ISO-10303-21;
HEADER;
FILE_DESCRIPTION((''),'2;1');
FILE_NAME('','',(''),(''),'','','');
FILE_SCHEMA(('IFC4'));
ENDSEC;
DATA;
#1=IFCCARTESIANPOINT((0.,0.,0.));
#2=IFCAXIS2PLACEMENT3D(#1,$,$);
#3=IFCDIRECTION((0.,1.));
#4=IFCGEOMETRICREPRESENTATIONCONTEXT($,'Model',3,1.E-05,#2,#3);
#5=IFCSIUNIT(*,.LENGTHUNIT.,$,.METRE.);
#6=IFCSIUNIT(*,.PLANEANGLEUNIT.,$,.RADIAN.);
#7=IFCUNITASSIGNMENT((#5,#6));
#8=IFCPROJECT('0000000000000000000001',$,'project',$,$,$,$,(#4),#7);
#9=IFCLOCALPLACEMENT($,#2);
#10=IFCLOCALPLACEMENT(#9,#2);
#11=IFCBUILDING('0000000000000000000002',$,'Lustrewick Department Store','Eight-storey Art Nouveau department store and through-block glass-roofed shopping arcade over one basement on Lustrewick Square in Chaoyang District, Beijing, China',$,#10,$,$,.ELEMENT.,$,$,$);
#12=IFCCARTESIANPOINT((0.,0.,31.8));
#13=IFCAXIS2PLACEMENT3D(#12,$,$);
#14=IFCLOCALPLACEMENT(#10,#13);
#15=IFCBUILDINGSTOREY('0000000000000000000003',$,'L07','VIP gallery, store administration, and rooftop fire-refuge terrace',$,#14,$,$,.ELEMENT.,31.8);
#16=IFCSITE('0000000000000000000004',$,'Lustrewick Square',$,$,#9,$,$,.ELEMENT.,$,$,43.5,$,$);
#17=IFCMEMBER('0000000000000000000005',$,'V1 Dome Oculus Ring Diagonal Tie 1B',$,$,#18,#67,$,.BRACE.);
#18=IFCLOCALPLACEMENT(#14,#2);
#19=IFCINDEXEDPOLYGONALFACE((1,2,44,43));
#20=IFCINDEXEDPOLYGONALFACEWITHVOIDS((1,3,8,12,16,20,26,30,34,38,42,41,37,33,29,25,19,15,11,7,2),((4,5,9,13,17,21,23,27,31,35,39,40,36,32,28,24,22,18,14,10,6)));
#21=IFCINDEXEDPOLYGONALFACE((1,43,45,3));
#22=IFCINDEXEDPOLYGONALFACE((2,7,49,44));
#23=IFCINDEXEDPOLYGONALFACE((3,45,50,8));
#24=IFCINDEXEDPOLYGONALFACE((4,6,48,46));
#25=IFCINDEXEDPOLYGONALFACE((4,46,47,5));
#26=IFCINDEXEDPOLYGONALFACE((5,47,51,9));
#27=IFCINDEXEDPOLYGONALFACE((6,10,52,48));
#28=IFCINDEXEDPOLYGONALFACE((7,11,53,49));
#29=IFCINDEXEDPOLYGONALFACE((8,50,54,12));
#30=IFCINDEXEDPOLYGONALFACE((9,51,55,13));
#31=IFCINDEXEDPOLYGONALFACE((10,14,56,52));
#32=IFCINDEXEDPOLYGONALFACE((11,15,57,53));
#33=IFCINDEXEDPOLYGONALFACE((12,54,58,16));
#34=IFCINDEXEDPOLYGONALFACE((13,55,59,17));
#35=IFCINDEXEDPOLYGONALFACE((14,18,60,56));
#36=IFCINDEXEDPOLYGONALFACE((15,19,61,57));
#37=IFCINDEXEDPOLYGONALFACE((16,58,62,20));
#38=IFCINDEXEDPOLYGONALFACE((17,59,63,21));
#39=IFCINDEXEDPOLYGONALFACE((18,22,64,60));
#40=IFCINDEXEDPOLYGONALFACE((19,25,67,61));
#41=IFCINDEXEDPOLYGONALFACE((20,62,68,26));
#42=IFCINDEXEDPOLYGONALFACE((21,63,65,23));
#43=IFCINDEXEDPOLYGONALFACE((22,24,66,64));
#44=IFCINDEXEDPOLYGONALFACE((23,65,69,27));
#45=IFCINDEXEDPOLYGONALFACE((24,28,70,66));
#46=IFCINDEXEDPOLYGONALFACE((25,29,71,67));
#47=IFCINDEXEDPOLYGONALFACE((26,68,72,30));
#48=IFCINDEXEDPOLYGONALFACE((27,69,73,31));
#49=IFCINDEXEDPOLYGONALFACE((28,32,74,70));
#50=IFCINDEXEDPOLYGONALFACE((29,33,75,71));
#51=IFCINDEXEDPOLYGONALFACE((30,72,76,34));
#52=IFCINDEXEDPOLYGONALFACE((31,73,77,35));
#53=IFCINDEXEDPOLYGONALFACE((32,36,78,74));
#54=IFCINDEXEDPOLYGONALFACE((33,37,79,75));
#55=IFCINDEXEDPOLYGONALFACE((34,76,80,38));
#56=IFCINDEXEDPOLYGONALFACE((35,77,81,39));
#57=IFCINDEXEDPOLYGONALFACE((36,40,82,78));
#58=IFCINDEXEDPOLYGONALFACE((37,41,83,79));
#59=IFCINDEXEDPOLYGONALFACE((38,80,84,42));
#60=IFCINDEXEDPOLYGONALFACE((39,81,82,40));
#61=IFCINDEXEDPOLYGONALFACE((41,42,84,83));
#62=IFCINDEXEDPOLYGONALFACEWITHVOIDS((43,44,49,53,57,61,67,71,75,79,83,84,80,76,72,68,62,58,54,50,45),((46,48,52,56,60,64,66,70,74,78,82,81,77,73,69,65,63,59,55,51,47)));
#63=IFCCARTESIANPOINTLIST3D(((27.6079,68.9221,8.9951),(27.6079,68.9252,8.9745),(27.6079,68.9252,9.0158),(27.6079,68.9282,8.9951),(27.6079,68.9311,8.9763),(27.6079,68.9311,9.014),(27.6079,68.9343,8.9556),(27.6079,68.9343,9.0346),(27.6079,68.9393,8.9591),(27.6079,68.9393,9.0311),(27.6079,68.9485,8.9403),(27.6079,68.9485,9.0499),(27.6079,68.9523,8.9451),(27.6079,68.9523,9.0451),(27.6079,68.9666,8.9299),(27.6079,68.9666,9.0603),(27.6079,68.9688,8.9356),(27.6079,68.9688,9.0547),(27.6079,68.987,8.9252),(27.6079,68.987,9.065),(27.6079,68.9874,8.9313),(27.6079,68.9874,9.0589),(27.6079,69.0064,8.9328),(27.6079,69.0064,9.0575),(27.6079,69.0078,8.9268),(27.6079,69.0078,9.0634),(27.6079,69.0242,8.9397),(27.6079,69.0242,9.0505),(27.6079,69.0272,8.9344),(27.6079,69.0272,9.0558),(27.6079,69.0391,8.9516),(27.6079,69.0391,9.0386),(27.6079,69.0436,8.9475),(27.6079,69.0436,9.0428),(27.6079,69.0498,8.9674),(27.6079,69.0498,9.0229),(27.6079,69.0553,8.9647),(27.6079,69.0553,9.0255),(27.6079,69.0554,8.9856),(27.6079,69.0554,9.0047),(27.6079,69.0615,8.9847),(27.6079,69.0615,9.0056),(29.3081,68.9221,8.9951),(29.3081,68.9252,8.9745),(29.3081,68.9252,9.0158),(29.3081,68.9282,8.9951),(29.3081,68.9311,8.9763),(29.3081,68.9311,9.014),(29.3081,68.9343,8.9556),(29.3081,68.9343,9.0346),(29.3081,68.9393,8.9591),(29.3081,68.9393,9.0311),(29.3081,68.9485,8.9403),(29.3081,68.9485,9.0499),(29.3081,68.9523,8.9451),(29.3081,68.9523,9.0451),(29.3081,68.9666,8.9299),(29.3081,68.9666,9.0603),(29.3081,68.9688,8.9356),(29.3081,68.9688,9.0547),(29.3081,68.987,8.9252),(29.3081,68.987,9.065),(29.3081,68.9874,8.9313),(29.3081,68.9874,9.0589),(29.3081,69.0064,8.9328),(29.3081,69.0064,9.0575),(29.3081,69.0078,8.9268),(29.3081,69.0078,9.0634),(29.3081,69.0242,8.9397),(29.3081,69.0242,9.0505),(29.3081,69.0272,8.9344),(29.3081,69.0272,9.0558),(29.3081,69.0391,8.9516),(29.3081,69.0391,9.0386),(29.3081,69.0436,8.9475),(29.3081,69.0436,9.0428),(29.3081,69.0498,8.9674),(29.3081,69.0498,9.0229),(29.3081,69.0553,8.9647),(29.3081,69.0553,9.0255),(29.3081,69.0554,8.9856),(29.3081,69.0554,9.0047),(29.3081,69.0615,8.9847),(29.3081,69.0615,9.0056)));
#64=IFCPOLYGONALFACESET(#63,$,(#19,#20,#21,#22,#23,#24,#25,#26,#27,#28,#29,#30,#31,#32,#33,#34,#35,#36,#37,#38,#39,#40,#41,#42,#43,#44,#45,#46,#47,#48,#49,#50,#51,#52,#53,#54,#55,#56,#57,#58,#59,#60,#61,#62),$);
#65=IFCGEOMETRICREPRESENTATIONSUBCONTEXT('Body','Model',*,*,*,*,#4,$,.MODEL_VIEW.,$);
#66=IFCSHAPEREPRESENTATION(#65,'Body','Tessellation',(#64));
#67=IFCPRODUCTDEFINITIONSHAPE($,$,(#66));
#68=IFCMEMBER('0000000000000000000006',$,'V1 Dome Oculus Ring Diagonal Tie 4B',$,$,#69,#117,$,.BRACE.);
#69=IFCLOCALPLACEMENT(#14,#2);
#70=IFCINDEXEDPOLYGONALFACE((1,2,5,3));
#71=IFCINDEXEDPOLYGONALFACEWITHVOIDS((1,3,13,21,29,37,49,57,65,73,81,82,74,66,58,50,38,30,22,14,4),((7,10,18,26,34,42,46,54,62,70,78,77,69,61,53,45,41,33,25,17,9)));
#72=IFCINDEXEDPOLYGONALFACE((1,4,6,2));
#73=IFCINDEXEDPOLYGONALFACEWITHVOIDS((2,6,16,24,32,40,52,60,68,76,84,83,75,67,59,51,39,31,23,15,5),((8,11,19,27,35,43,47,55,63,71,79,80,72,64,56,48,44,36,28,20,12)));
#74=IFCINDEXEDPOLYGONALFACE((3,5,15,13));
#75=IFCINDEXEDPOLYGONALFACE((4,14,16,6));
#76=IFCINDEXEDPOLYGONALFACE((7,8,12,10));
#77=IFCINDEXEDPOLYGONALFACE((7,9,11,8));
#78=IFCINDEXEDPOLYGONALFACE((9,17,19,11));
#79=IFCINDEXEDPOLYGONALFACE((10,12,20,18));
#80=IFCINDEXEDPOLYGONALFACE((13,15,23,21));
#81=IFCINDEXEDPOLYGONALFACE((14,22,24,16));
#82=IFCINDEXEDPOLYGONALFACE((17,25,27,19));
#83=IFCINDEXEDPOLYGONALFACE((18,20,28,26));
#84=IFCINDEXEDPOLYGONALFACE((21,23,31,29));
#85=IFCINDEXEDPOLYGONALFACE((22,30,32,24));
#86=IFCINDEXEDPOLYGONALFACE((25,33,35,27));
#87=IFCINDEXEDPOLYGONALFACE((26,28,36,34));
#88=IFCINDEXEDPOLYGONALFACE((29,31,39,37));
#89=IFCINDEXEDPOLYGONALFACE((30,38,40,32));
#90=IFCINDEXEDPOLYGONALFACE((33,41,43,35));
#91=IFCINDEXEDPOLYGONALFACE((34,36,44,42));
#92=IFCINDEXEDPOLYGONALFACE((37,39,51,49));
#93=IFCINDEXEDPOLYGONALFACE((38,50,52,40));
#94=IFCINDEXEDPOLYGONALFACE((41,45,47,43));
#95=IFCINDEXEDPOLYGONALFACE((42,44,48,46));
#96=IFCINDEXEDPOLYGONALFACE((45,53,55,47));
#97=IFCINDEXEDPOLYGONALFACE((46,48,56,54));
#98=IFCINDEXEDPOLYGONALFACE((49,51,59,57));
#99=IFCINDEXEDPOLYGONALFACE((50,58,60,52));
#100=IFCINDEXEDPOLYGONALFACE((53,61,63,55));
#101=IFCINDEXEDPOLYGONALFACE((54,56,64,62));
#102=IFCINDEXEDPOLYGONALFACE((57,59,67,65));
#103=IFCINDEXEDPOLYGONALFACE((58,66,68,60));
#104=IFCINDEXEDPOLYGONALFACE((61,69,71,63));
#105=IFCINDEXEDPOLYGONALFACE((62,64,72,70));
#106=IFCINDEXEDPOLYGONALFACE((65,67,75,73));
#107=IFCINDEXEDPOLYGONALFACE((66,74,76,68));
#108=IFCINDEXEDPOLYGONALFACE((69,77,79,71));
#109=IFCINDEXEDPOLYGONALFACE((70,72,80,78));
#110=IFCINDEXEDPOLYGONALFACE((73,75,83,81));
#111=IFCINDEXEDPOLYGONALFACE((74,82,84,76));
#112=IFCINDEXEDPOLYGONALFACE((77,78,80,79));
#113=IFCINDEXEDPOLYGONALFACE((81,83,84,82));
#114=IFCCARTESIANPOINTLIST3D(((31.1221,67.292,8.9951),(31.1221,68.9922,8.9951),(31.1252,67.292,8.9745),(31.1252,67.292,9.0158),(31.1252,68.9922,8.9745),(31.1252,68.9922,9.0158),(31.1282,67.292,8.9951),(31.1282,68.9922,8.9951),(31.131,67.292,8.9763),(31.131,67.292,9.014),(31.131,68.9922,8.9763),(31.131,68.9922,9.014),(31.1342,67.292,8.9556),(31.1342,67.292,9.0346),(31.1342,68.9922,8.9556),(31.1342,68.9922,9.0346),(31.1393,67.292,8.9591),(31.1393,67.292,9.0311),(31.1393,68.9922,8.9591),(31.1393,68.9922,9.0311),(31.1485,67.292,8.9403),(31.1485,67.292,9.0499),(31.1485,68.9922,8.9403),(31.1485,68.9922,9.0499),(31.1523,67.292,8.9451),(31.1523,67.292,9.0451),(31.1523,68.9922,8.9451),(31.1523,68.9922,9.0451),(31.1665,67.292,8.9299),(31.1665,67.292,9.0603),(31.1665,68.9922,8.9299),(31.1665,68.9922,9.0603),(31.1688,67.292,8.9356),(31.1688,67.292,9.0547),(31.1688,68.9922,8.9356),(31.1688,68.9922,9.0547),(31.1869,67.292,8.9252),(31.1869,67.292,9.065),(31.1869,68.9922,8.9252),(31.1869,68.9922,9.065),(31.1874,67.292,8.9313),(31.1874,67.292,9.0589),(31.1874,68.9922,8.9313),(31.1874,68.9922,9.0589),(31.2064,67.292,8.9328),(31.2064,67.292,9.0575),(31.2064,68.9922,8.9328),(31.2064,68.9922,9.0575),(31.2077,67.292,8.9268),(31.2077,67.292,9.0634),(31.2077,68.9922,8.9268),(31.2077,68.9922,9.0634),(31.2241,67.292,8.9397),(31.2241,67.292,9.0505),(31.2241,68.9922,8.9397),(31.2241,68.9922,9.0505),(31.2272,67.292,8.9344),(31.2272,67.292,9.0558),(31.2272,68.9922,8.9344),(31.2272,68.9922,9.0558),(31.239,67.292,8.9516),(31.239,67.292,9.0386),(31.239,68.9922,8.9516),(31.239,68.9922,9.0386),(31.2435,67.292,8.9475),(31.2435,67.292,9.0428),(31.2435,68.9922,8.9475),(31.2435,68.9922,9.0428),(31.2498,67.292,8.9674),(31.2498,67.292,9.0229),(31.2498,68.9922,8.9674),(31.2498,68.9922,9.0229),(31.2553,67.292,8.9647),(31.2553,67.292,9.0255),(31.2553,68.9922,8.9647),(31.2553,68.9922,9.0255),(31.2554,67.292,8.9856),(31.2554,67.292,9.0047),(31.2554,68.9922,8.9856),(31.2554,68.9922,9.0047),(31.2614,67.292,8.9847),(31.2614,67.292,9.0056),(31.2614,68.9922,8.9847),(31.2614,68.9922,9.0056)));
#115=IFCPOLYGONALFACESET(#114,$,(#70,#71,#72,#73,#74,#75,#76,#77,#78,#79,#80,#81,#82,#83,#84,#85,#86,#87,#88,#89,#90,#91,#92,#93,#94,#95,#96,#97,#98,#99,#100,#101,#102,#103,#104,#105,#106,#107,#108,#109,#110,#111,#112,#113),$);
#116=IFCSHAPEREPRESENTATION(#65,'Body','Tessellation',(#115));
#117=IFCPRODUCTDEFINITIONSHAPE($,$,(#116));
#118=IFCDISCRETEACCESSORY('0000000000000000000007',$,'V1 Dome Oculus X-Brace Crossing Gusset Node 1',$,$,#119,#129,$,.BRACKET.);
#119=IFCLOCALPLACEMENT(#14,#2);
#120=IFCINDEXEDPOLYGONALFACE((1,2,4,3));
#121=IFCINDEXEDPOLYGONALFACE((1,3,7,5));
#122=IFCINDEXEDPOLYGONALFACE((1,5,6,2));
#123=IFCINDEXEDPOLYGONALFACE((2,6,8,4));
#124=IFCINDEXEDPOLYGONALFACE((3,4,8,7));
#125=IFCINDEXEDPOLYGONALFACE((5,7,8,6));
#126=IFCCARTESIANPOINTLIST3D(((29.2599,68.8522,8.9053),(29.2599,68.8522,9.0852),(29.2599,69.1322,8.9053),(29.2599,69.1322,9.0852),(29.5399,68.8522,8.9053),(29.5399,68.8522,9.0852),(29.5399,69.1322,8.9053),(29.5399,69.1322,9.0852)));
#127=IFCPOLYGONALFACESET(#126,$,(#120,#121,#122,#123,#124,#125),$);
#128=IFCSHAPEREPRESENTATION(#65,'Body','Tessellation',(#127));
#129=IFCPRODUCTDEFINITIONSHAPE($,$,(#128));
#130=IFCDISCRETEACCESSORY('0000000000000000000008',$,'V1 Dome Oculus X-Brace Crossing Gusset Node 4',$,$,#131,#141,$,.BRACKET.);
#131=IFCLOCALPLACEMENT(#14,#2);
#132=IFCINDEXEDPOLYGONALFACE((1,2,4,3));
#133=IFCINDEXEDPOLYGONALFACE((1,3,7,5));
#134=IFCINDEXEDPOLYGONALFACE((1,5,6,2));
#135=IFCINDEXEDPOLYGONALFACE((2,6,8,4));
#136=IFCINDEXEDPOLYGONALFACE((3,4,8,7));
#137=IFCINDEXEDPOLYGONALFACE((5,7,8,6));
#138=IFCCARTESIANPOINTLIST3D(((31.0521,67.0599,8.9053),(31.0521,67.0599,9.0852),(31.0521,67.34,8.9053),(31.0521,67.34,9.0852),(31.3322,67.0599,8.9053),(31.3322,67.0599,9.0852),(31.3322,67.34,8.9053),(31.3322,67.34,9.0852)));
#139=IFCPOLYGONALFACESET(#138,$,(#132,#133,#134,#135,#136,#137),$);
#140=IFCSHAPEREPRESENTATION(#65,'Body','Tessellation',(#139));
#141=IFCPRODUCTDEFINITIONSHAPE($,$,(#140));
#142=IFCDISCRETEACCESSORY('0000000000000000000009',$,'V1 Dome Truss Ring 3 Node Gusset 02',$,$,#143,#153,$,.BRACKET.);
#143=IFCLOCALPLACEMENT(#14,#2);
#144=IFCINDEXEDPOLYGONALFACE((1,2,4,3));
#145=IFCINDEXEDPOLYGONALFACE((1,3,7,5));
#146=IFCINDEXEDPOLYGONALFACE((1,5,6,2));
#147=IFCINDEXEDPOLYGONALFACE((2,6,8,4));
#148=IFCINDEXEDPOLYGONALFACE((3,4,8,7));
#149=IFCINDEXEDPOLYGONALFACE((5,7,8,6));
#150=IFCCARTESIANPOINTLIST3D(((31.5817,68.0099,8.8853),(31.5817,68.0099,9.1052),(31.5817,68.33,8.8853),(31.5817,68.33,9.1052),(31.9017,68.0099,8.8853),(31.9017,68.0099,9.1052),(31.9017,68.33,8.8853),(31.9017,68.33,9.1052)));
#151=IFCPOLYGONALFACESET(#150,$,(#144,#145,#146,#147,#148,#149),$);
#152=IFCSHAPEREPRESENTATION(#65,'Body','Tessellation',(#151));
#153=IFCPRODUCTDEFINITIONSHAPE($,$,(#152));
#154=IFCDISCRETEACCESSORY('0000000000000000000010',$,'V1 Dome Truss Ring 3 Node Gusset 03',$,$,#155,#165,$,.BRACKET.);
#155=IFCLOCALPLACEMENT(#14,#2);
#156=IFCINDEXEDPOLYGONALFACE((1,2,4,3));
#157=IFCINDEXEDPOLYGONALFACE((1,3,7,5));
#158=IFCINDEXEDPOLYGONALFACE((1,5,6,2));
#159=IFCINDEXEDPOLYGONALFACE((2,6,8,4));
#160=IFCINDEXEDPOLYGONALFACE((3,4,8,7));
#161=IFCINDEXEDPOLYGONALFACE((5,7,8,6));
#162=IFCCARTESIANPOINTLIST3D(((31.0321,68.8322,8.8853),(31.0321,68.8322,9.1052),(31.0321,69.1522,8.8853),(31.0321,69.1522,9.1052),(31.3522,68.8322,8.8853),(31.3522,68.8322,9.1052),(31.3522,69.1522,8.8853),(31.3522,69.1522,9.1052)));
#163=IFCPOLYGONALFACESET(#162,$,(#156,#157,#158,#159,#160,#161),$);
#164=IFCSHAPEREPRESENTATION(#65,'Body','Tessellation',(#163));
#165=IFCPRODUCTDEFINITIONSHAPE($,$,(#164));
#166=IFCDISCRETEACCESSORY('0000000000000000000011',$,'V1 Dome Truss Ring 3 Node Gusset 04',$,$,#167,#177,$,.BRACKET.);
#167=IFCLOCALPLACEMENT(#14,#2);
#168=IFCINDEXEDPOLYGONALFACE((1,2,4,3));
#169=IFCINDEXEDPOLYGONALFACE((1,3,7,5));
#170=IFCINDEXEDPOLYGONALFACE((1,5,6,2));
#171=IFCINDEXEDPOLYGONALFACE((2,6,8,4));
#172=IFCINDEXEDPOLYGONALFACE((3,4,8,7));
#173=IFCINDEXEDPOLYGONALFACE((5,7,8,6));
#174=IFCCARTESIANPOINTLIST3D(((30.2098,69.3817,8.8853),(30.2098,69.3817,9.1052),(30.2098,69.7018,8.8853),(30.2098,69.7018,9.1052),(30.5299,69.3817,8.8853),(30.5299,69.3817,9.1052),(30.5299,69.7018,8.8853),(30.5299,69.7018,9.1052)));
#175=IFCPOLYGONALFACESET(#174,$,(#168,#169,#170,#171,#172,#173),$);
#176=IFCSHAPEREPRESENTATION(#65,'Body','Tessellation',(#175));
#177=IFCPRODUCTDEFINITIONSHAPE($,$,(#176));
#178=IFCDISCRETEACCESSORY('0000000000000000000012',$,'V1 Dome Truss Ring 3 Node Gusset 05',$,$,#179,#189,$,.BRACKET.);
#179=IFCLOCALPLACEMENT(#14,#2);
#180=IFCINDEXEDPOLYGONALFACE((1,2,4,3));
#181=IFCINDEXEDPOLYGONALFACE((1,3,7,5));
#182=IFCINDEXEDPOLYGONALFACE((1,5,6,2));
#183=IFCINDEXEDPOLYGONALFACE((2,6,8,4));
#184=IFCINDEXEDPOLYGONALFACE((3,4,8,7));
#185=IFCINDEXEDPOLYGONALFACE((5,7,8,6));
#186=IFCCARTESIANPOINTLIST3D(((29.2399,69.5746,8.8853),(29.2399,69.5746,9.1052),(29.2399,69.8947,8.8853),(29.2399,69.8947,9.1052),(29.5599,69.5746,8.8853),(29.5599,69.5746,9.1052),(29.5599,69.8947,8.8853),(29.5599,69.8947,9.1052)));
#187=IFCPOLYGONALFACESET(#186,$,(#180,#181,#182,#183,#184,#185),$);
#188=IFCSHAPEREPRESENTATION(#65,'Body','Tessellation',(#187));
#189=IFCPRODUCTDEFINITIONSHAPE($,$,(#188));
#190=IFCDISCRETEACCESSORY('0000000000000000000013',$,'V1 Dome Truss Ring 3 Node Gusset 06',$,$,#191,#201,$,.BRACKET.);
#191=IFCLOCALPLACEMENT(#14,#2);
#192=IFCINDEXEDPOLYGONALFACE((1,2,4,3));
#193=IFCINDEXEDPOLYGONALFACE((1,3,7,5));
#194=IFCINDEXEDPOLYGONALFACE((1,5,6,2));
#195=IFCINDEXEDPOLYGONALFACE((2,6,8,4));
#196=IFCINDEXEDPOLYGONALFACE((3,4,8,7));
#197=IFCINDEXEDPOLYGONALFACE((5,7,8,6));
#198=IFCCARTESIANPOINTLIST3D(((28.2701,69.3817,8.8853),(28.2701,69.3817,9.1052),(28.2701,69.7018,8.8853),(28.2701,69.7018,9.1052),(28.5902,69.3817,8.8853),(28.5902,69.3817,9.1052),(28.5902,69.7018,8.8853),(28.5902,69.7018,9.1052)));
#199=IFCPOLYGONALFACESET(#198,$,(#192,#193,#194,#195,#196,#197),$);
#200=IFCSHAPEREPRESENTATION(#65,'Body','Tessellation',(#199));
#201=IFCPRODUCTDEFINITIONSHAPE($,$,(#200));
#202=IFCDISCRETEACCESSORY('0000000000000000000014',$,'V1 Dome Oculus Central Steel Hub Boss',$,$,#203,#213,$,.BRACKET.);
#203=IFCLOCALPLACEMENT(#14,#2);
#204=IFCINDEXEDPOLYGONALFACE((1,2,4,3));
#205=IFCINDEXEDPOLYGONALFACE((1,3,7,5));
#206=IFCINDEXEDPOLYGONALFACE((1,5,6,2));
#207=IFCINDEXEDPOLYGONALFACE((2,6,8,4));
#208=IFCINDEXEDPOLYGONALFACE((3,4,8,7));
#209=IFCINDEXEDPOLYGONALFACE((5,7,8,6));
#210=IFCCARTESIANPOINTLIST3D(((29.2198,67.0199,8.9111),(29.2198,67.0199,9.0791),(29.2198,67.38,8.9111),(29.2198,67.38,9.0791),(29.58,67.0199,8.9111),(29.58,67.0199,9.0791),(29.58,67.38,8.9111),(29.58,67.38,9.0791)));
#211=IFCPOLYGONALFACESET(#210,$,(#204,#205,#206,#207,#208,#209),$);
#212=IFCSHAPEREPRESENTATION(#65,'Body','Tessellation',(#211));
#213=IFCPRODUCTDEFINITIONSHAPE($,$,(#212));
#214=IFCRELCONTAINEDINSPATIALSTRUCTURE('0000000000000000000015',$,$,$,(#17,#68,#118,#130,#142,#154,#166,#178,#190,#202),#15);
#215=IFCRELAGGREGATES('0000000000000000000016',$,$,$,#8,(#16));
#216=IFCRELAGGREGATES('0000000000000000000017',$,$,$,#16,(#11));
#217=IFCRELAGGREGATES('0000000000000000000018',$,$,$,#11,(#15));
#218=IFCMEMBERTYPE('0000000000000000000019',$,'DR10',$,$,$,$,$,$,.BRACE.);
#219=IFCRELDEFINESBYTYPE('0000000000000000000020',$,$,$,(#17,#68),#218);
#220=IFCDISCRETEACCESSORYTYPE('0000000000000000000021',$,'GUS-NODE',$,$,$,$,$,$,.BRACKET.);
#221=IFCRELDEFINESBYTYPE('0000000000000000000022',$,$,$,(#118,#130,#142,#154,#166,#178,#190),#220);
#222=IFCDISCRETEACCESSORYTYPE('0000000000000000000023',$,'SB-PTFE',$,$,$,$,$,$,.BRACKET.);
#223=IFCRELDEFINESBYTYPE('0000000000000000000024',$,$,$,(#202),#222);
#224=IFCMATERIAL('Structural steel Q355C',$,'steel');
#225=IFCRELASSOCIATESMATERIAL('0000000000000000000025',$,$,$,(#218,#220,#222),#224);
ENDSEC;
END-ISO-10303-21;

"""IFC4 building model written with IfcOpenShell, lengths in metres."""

from ifc_helpers import new_model, si_unit, direction, frame, origin, origin_2d, place, context, subcontext, project, spatial, rectangle, hollow_circle, extrude, material, material_profile, profile_set, type_object, element, save


model = new_model("IFC4")

# Units and contexts
model_context = context("Model", 3, precision=1e-05, world=origin(), true_north=direction((0.0, 1.0)))
body_context = subcontext(model_context, "Body", "Model", "MODEL_VIEW")
ifc_project = project(units=[si_unit("LENGTHUNIT", "METRE"), si_unit("PLANEANGLEUNIT", "RADIAN")], contexts=[model_context])

# Site, building, storey
site_placement = place(None, origin())
site = spatial("IfcSite", under=ifc_project, at=site_placement, Name="Lustrewick Square", CompositionType="ELEMENT", RefElevation=43.5)
building_placement = place(site_placement, origin())
building = spatial("IfcBuilding", under=site, at=building_placement, Name="Lustrewick Department Store", Description="Eight-storey Art Nouveau department store and through-block glass-roofed shopping arcade over one basement on Lustrewick Square in Chaoyang District, Beijing, China", CompositionType="ELEMENT")
storey_placement = place(building_placement, frame((0.0, 0.0, 31.8)))
storey = spatial("IfcBuildingStorey", under=building, at=storey_placement, Name="L07", Description="VIP gallery, store administration, and rooftop fire-refuge terrace", CompositionType="ELEMENT", Elevation=31.8)

# Members
ifc_material = material(Name="Structural steel Q355C", Category="steel")
ifc_material_profile_1 = material_profile(ifc_material, hollow_circle(Radius=0.0701, WallThickness=0.0061, at=origin_2d()), Name="CHS 140x6")
ifc_profile_set_1 = profile_set([ifc_material_profile_1], Name="Structural steel Q355C")
member_type_1 = type_object("IfcMemberType", Name="DR10", PredefinedType="BRACE", material=ifc_profile_set_1)
for number, where, z_axis, x_axis, name in (
    (1, (29.3081, 68.9922, 8.9951), (-1.0, 0.0, 0.0), (0.0, -1.0, 0.0), "V1 Dome Oculus Ring Diagonal Tie 1B"),
    (2, (31.1921, 67.292, 8.9951), (0.0, 1.0, 0.0), (-1.0, 0.0, 0.0), "V1 Dome Oculus Ring Diagonal Tie 4B"),
):
    element("IfcMember", number, at=place(storey_placement, frame(where, z_axis=z_axis, x_axis=x_axis)), inside=storey, type_object=member_type_1, Name=name, PredefinedType="BRACE", context=body_context, shape_type="SweptSolid", body=[
        extrude(hollow_circle(Radius=0.0701, WallThickness=0.0061, at=origin_2d()), origin(), (0.0, 0.0, 1.0), 1.7002),
    ])

# Discrete accessories
discrete_accessory_type_1 = type_object("IfcDiscreteAccessoryType", Name="GUS-NODE", PredefinedType="BRACKET", material=ifc_material)
for number, where, z_axis, x_axis, name in (
    (3, (29.3999, 68.9922, 8.9053), (0.0, 0.0, 1.0), (1.0, 0.0, 0.0), "V1 Dome Oculus X-Brace Crossing Gusset Node 1"),
    (4, (31.1921, 67.2, 8.9053), (0.0, 0.0, 1.0), (1.0, 0.0, 0.0), "V1 Dome Oculus X-Brace Crossing Gusset Node 4"),
):
    element("IfcDiscreteAccessory", number, at=place(storey_placement, frame(where, z_axis=z_axis, x_axis=x_axis)), inside=storey, type_object=discrete_accessory_type_1, Name=name, PredefinedType="BRACKET", context=body_context, shape_type="SweptSolid", body=[
        extrude(rectangle(XDim=0.28, YDim=0.28, at=origin_2d()), origin(), (0.0, 0.0, 1.0), 0.1799),
    ])
for number, where, z_axis, x_axis, name in (
    (5, (31.7417, 68.1699, 8.8853), (0.0, 0.0, 1.0), (1.0, 0.0, 0.0), "V1 Dome Truss Ring 3 Node Gusset 02"),
    (6, (31.1921, 68.9922, 8.8853), (0.0, 0.0, 1.0), (1.0, 0.0, 0.0), "V1 Dome Truss Ring 3 Node Gusset 03"),
    (7, (30.3699, 69.5417, 8.8853), (0.0, 0.0, 1.0), (1.0, 0.0, 0.0), "V1 Dome Truss Ring 3 Node Gusset 04"),
    (8, (29.3999, 69.7346, 8.8853), (0.0, 0.0, 1.0), (1.0, 0.0, 0.0), "V1 Dome Truss Ring 3 Node Gusset 05"),
    (9, (28.4302, 69.5417, 8.8853), (0.0, 0.0, 1.0), (1.0, 0.0, 0.0), "V1 Dome Truss Ring 3 Node Gusset 06"),
):
    element("IfcDiscreteAccessory", number, at=place(storey_placement, frame(where, z_axis=z_axis, x_axis=x_axis)), inside=storey, type_object=discrete_accessory_type_1, Name=name, PredefinedType="BRACKET", context=body_context, shape_type="SweptSolid", body=[
        extrude(rectangle(XDim=0.3201, YDim=0.3201, at=origin_2d()), origin(), (0.0, 0.0, 1.0), 0.22),
    ])
discrete_accessory_type_2 = type_object("IfcDiscreteAccessoryType", Name="SB-PTFE", PredefinedType="BRACKET", material=ifc_material)
discrete_accessory_placement = place(storey_placement, frame((29.3999, 67.2, 8.9111), z_axis=(0.0, 0.0, 1.0), x_axis=(1.0, 0.0, 0.0)))
element("IfcDiscreteAccessory", 10, at=discrete_accessory_placement, inside=storey, type_object=discrete_accessory_type_2, Name="V1 Dome Oculus Central Steel Hub Boss", PredefinedType="BRACKET", context=body_context, shape_type="SweptSolid", body=[
    extrude(rectangle(XDim=0.3601, YDim=0.3601, at=origin_2d()), origin(), (0.0, 0.0, 1.0), 0.168),
])

save(model, "model.ifc")
